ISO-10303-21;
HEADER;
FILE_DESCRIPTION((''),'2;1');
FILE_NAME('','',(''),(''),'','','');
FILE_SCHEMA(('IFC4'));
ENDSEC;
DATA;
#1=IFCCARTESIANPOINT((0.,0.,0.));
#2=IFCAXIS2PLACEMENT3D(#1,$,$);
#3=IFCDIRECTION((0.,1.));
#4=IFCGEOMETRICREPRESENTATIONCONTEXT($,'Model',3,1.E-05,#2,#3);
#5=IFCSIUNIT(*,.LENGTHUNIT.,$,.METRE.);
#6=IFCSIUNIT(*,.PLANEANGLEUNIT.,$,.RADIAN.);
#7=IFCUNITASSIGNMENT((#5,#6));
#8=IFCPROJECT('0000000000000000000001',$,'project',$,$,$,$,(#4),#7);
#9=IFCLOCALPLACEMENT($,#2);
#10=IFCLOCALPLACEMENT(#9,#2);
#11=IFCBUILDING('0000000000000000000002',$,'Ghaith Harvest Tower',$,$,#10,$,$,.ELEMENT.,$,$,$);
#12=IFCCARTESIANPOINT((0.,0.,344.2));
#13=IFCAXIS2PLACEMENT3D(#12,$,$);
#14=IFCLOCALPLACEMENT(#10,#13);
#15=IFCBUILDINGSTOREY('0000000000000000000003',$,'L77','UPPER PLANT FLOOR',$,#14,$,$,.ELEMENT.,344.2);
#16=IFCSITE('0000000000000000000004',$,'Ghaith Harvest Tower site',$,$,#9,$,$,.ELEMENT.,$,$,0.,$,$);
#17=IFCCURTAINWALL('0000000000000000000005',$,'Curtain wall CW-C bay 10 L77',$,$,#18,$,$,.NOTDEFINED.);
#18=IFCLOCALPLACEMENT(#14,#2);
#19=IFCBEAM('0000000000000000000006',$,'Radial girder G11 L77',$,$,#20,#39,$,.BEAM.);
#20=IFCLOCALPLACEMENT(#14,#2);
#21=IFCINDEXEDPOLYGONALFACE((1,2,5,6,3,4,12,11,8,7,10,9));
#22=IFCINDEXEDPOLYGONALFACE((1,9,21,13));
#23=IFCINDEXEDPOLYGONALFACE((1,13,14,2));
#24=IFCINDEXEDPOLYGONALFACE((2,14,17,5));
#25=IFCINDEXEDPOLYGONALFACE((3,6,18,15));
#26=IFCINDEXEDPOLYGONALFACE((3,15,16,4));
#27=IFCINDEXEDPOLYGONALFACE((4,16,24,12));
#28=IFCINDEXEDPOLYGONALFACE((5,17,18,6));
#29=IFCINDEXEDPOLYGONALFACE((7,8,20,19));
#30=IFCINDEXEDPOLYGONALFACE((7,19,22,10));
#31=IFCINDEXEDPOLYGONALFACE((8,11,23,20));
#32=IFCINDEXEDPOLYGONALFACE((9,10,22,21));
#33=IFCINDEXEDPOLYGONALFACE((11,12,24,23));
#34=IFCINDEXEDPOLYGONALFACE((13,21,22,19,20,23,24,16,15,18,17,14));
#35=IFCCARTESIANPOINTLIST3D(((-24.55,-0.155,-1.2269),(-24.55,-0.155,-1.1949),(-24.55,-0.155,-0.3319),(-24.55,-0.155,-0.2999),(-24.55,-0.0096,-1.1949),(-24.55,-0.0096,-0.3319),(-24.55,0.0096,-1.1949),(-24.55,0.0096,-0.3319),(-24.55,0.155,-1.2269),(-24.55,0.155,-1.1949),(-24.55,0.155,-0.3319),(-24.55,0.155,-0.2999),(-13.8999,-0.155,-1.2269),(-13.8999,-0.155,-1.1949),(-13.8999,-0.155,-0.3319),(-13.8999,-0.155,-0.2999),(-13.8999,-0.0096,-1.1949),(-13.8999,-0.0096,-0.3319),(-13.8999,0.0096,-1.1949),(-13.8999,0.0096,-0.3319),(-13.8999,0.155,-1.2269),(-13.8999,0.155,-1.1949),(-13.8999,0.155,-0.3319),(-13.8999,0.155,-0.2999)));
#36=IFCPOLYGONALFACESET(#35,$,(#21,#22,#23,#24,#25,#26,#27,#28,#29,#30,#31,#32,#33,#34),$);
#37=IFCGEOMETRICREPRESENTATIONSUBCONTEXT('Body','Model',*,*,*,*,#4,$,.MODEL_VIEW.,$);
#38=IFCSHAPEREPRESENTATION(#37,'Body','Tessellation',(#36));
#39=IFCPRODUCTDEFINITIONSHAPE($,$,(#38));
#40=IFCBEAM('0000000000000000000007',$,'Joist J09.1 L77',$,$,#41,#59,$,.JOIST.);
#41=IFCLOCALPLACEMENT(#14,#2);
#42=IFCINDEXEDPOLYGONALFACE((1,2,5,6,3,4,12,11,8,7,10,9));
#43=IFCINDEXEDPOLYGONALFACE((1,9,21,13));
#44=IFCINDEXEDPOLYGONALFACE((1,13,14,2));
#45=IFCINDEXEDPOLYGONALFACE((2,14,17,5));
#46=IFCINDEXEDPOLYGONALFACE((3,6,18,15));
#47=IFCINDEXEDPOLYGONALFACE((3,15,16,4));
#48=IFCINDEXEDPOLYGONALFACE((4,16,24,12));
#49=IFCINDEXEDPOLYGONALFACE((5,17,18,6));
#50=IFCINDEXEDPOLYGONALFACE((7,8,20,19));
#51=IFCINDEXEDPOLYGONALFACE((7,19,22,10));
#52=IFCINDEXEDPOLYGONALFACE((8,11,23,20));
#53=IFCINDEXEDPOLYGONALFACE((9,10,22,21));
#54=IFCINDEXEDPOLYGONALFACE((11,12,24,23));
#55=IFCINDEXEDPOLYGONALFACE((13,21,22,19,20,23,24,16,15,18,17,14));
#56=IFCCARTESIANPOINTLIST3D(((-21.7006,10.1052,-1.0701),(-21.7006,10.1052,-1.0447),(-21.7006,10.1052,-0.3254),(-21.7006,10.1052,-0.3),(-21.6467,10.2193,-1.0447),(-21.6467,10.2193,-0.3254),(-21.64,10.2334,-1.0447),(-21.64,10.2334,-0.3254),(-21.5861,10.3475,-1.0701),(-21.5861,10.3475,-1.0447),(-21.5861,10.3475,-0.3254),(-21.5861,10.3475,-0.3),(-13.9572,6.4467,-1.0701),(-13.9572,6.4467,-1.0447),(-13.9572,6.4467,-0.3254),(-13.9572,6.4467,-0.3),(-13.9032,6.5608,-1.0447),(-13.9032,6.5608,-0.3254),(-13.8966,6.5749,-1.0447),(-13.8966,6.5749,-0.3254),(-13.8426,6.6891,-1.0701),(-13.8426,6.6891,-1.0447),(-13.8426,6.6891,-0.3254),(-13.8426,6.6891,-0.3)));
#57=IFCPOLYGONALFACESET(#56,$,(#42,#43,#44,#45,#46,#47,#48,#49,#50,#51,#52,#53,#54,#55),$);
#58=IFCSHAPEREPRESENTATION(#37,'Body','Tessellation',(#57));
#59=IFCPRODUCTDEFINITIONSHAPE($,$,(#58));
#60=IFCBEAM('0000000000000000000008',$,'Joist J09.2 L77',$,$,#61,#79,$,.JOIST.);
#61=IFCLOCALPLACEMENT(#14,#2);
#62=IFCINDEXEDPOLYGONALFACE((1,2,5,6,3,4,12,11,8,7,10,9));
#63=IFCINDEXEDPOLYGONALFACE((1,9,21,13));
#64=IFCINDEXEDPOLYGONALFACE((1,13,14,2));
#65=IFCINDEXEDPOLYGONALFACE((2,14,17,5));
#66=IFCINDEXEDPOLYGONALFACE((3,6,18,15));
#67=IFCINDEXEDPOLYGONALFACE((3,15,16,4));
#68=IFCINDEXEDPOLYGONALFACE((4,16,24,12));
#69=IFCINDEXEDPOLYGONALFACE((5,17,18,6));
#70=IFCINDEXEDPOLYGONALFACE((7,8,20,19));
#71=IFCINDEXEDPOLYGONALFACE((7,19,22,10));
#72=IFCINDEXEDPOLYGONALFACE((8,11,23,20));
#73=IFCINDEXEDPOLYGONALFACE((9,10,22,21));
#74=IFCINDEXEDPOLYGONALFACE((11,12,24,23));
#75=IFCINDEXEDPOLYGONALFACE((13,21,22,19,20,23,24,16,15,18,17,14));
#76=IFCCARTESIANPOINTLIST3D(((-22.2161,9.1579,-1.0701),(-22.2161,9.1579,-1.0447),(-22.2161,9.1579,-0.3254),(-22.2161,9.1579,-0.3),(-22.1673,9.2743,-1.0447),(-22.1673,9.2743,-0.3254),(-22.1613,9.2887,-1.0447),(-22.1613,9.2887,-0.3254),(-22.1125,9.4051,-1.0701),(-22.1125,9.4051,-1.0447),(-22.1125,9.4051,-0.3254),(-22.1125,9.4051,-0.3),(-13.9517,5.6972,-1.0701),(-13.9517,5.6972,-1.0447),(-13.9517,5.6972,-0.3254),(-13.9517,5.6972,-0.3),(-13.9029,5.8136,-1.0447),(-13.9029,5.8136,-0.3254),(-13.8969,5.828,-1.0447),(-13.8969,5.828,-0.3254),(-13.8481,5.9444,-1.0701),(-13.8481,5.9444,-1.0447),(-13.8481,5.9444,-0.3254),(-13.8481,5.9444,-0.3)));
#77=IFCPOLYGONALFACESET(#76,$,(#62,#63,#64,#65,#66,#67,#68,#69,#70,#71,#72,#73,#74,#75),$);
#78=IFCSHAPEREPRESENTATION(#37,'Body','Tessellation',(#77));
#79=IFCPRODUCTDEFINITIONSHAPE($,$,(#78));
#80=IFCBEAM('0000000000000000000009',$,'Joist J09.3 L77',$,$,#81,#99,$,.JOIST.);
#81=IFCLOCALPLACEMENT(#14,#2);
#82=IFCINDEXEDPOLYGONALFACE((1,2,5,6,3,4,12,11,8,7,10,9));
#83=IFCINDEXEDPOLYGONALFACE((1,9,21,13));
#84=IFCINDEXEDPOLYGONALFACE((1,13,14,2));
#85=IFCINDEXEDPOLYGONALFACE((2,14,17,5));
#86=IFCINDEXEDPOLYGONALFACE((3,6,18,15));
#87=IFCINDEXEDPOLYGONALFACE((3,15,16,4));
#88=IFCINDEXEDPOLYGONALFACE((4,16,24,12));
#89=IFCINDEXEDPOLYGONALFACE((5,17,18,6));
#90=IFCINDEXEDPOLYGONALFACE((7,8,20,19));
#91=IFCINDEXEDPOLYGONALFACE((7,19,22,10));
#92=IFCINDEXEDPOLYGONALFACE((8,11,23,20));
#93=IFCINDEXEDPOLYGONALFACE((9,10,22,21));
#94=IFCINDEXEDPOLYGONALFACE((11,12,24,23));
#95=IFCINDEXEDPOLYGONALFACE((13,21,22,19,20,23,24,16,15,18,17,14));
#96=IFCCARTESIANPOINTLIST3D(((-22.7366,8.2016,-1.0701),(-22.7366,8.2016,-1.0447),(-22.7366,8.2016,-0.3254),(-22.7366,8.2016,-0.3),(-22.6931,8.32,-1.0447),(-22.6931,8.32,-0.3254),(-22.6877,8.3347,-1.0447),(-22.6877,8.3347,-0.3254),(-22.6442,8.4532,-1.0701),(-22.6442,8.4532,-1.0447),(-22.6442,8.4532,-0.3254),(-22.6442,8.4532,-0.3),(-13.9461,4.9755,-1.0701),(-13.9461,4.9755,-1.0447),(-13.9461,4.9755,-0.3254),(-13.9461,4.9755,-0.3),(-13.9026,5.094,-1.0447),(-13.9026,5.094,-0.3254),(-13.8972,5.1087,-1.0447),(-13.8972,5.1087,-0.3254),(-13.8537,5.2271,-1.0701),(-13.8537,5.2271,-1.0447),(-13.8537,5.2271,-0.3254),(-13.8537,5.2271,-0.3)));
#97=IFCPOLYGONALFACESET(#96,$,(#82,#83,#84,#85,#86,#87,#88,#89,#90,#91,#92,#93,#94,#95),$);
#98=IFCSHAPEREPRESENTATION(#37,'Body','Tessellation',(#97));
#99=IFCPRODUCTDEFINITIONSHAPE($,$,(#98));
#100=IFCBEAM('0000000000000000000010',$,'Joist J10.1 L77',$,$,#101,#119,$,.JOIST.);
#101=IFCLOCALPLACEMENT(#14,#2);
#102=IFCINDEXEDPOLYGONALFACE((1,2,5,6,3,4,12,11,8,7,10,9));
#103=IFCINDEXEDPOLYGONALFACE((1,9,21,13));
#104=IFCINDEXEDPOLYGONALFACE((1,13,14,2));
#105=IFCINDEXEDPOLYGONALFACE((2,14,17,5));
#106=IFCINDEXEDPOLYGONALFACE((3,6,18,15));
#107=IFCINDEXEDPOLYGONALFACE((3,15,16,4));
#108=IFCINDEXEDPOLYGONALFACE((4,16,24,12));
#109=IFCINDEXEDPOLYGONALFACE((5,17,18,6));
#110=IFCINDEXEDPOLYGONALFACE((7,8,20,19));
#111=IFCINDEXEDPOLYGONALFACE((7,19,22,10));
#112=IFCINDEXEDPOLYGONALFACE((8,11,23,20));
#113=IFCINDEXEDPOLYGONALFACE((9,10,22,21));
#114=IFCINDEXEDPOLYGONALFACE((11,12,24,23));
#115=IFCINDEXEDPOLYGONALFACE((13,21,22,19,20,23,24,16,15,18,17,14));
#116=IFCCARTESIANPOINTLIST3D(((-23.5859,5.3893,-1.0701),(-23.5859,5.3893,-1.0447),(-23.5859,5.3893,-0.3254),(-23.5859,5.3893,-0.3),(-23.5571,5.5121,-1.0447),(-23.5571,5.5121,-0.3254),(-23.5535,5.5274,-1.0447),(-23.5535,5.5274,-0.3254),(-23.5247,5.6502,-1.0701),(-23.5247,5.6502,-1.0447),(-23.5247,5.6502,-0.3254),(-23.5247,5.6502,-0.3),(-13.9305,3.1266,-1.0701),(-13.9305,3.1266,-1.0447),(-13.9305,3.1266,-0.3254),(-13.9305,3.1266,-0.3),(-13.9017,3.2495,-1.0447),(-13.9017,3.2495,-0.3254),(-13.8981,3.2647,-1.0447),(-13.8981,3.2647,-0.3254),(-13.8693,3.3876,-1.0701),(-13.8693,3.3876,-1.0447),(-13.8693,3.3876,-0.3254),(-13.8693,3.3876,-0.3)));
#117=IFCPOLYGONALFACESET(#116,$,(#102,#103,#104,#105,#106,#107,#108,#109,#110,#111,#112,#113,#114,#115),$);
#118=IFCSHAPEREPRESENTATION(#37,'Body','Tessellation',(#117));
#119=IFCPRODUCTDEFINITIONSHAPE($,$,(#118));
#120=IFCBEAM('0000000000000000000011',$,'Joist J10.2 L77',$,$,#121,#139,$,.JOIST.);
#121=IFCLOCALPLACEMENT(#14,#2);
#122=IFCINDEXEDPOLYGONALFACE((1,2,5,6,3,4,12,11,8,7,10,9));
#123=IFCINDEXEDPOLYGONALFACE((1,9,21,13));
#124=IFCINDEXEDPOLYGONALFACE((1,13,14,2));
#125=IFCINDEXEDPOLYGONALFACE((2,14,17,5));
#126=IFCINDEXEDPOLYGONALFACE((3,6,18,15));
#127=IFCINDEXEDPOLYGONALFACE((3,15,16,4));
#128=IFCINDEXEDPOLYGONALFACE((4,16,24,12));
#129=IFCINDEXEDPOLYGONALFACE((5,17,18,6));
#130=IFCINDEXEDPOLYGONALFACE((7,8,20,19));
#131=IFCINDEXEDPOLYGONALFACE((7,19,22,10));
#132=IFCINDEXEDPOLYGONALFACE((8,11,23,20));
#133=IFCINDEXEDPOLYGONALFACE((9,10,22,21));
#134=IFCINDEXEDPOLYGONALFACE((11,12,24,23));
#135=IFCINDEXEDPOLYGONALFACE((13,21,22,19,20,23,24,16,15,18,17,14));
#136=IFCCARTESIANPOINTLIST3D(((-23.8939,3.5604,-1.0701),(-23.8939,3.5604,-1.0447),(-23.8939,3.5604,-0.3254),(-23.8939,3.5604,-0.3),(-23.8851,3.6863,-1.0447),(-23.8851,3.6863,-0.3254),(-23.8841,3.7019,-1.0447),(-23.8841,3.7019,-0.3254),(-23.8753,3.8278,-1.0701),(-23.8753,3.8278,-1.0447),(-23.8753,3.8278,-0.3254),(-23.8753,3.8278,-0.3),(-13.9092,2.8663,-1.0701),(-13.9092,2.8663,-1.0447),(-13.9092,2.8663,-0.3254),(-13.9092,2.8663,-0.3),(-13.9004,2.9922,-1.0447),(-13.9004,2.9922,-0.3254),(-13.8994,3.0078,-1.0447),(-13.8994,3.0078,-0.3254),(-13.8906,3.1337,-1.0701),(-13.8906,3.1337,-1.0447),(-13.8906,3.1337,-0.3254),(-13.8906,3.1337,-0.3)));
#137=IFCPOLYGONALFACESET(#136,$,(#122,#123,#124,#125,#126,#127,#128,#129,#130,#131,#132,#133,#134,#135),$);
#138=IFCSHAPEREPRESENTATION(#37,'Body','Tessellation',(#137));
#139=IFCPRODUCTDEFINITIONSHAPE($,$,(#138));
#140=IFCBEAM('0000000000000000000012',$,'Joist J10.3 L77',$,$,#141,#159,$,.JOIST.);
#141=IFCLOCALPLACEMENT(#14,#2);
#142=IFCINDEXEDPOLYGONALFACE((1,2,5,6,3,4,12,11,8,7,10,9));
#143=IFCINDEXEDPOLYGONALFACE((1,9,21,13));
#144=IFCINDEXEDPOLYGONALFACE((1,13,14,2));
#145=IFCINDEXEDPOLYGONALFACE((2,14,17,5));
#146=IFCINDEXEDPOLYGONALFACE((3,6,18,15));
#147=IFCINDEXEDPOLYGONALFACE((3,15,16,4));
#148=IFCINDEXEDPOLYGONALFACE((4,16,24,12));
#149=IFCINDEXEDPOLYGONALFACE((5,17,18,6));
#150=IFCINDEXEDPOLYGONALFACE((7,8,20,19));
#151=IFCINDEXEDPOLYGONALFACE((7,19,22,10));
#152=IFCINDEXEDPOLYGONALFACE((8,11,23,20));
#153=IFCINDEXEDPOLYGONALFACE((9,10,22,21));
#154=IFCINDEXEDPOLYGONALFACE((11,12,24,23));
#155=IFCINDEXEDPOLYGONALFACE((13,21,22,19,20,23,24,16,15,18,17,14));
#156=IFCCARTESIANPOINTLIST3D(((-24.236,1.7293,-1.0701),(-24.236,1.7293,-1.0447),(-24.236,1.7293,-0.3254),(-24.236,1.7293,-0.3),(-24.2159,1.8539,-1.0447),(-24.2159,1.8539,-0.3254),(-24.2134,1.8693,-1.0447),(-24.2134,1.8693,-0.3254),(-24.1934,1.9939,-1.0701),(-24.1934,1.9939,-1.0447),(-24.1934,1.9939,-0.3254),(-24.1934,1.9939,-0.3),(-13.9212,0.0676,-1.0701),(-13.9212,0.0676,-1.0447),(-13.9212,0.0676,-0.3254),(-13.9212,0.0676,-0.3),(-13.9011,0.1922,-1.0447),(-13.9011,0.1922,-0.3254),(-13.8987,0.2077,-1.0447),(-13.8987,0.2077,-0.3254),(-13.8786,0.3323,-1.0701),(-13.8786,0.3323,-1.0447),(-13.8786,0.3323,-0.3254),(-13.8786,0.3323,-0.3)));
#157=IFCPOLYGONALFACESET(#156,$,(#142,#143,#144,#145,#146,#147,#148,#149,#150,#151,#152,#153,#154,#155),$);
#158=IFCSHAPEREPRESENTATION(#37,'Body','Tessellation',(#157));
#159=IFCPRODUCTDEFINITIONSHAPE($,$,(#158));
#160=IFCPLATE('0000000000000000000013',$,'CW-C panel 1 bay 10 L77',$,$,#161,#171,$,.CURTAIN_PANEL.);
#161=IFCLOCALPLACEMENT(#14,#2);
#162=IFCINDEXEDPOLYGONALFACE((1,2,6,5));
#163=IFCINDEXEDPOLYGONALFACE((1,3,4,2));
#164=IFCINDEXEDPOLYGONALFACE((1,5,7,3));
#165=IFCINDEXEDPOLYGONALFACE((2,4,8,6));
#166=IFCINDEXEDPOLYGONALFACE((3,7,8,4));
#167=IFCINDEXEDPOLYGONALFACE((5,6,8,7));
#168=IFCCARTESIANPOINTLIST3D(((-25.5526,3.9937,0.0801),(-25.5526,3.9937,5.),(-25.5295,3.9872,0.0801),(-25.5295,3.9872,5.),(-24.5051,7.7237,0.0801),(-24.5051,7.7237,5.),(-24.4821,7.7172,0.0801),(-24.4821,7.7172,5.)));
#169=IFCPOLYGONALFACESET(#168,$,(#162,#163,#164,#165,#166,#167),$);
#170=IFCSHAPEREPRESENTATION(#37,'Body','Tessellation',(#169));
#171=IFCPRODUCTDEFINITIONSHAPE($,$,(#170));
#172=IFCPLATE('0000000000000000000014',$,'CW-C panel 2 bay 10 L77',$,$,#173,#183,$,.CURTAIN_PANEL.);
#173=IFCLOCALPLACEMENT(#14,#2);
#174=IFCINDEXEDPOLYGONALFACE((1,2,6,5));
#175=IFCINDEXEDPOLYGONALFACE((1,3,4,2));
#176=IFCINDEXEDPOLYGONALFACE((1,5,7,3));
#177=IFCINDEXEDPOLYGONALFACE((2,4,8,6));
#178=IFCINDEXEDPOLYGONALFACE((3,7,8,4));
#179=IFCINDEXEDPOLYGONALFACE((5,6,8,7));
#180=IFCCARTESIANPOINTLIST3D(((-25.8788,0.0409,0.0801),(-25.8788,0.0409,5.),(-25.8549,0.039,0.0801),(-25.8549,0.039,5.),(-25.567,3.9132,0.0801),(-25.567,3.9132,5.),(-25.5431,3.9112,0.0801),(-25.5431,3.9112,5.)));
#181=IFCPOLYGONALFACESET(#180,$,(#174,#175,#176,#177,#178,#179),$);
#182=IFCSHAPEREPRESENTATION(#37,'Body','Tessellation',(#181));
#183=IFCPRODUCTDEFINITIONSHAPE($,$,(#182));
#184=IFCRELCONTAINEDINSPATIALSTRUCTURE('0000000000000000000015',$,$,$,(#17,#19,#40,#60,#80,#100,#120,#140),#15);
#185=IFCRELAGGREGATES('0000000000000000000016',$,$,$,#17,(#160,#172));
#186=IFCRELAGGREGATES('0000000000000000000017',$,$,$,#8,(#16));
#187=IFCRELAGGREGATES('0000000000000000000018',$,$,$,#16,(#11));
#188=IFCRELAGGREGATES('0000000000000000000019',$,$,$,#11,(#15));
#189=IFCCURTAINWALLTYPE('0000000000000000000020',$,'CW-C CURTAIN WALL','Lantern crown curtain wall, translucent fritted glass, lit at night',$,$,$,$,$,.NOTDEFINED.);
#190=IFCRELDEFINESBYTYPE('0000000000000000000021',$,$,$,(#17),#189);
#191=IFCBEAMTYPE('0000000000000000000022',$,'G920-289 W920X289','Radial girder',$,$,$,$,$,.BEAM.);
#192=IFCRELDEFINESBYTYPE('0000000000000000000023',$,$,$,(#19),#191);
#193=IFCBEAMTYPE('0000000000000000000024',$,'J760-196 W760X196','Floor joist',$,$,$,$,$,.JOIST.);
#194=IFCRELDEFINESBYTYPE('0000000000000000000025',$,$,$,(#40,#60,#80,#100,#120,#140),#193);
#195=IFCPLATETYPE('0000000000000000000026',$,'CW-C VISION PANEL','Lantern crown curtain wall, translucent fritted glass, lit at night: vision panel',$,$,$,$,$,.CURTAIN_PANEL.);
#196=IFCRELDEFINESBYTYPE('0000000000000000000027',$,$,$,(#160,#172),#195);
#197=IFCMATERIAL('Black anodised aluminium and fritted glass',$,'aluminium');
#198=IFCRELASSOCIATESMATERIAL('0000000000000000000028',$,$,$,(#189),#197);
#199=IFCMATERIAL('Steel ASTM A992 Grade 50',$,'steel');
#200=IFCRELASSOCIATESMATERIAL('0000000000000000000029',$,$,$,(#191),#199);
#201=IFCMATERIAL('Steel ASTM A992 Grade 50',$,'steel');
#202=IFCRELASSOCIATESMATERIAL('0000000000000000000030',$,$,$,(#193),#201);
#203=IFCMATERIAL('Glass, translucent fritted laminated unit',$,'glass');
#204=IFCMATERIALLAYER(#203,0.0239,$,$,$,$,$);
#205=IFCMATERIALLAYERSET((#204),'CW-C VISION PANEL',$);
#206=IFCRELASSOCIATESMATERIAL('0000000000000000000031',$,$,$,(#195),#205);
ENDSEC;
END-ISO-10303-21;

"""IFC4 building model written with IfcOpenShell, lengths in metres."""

from ifc_helpers import new_model, si_unit, direction, frame, origin, origin_2d, place, context, subcontext, project, spatial, rectangle, i_section, extrude, material, layer, layer_set, material_profile, profile_set, type_object, element, aggregate, save


model = new_model("IFC4")

# Units and contexts
model_context = context("Model", 3, precision=1e-05, world=origin(), true_north=direction((0.0, 1.0)))
body_context = subcontext(model_context, "Body", "Model", "MODEL_VIEW")
ifc_project = project(units=[si_unit("LENGTHUNIT", "METRE"), si_unit("PLANEANGLEUNIT", "RADIAN")], contexts=[model_context])

# Site, building, storey
site_placement = place(None, origin())
site = spatial("IfcSite", under=ifc_project, at=site_placement, Name="Ghaith Harvest Tower site", CompositionType="ELEMENT", RefElevation=0.0)
building_placement = place(site_placement, origin())
building = spatial("IfcBuilding", under=site, at=building_placement, Name="Ghaith Harvest Tower", CompositionType="ELEMENT")
storey_placement = place(building_placement, frame((0.0, 0.0, 344.2)))
storey = spatial("IfcBuildingStorey", under=building, at=storey_placement, Name="L77", Description="UPPER PLANT FLOOR", CompositionType="ELEMENT", Elevation=344.2)

# Curtain wall
ifc_material_1 = material(Name="Black anodised aluminium and fritted glass", Category="aluminium")
curtain_wall_type = type_object("IfcCurtainWallType", Name="CW-C CURTAIN WALL", Description="Lantern crown curtain wall, translucent fritted glass, lit at night", PredefinedType="NOTDEFINED", material=ifc_material_1)
curtain_wall_1_placement = place(storey_placement, origin())
curtain_wall_1 = element("IfcCurtainWall", 1, at=curtain_wall_1_placement, inside=storey, type_object=curtain_wall_type, Name="Curtain wall CW-C bay 10 L77", PredefinedType="NOTDEFINED")

# Beams
ifc_material_2 = material(Name="Steel ASTM A992 Grade 50", Category="steel")
ifc_material_profile_1 = material_profile(ifc_material_2, i_section(OverallWidth=0.3101, OverallDepth=0.927, WebThickness=0.0193, FlangeThickness=0.032, at=origin_2d()), Name="W920X289")
ifc_profile_set_1 = profile_set([ifc_material_profile_1], Name="Steel ASTM A992 Grade 50")
beam_type_1 = type_object("IfcBeamType", Name="G920-289 W920X289", Description="Radial girder", PredefinedType="BEAM", material=ifc_profile_set_1)
beam_1_placement = place(storey_placement, frame((-13.8999, 0.0, -0.7634), z_axis=(-1.0, 0.0, 0.0), x_axis=(0.0, -1.0, 0.0)))
element("IfcBeam", 2, at=beam_1_placement, inside=storey, type_object=beam_type_1, Name="Radial girder G11 L77", PredefinedType="BEAM", context=body_context, shape_type="SweptSolid", body=[
    extrude(i_section(OverallWidth=0.3101, OverallDepth=0.927, WebThickness=0.0193, FlangeThickness=0.032, at=origin_2d()), origin(), (0.0, 0.0, 1.0), 10.6501),
])
ifc_material_3 = material(Name="Steel ASTM A992 Grade 50", Category="steel")
ifc_material_profile_2 = material_profile(ifc_material_3, i_section(OverallWidth=0.2681, OverallDepth=0.77, WebThickness=0.0156, FlangeThickness=0.0254, at=origin_2d()), Name="W760X196")
ifc_profile_set_2 = profile_set([ifc_material_profile_2], Name="Steel ASTM A992 Grade 50")
beam_type_2 = type_object("IfcBeamType", Name="J760-196 W760X196", Description="Floor joist", PredefinedType="JOIST", material=ifc_profile_set_2)
beam_2_placement = place(storey_placement, frame((-13.8999, 6.5679, -0.6851), z_axis=(-0.904166, 0.427182, 0.0), x_axis=(-0.427182, -0.904166, 0.0)))
element("IfcBeam", 3, at=beam_2_placement, inside=storey, type_object=beam_type_2, Name="Joist J09.1 L77", PredefinedType="JOIST", context=body_context, shape_type="SweptSolid", body=[
    extrude(i_section(OverallWidth=0.2681, OverallDepth=0.77, WebThickness=0.0156, FlangeThickness=0.0254, at=origin_2d()), origin(), (0.0, 0.0, 1.0), 8.5642),
])
beam_3_placement = place(storey_placement, frame((-13.8999, 5.8208, -0.6851), z_axis=(-0.922394, 0.38625, 0.0), x_axis=(-0.38625, -0.922394, 0.0)))
element("IfcBeam", 4, at=beam_3_placement, inside=storey, type_object=beam_type_2, Name="Joist J09.2 L77", PredefinedType="JOIST", context=body_context, shape_type="SweptSolid", body=[
    extrude(i_section(OverallWidth=0.2681, OverallDepth=0.77, WebThickness=0.0156, FlangeThickness=0.0254, at=origin_2d()), origin(), (0.0, 0.0, 1.0), 8.9597),
])
beam_4_placement = place(storey_placement, frame((-13.8999, 5.1013, -0.6851), z_axis=(-0.938777, 0.344526, 0.0), x_axis=(-0.344526, -0.938777, 0.0)))
element("IfcBeam", 5, at=beam_4_placement, inside=storey, type_object=beam_type_2, Name="Joist J09.3 L77", PredefinedType="JOIST", context=body_context, shape_type="SweptSolid", body=[
    extrude(i_section(OverallWidth=0.2681, OverallDepth=0.77, WebThickness=0.0156, FlangeThickness=0.0254, at=origin_2d()), origin(), (0.0, 0.0, 1.0), 9.3638),
])
beam_5_placement = place(storey_placement, frame((-13.8999, 3.2571, -0.6851), z_axis=(-0.973623, 0.228161, 0.0), x_axis=(-0.228161, -0.973623, 0.0)))
element("IfcBeam", 6, at=beam_5_placement, inside=storey, type_object=beam_type_2, Name="Joist J10.1 L77", PredefinedType="JOIST", context=body_context, shape_type="SweptSolid", body=[
    extrude(i_section(OverallWidth=0.2681, OverallDepth=0.77, WebThickness=0.0156, FlangeThickness=0.0254, at=origin_2d()), origin(), (0.0, 0.0, 1.0), 9.917),
])
beam_6_placement = place(storey_placement, frame((-13.8999, 3.0, -0.6851), z_axis=(-0.997592, 0.069349, 0.0), x_axis=(-0.069349, -0.997592, 0.0)))
element("IfcBeam", 7, at=beam_6_placement, inside=storey, type_object=beam_type_2, Name="Joist J10.2 L77", PredefinedType="JOIST", context=body_context, shape_type="SweptSolid", body=[
    extrude(i_section(OverallWidth=0.2681, OverallDepth=0.77, WebThickness=0.0156, FlangeThickness=0.0254, at=origin_2d()), origin(), (0.0, 0.0, 1.0), 10.0088),
])
beam_7_placement = place(storey_placement, frame((-13.8999, 0.2, -0.6851), z_axis=(-0.987272, 0.159042, 0.0), x_axis=(-0.159042, -0.987272, 0.0)))
element("IfcBeam", 8, at=beam_7_placement, inside=storey, type_object=beam_type_2, Name="Joist J10.3 L77", PredefinedType="JOIST", context=body_context, shape_type="SweptSolid", body=[
    extrude(i_section(OverallWidth=0.2681, OverallDepth=0.77, WebThickness=0.0156, FlangeThickness=0.0254, at=origin_2d()), origin(), (0.0, 0.0, 1.0), 10.4478),
])

# Plates
ifc_material_4 = material(Name="Glass, translucent fritted laminated unit", Category="glass")
ifc_layer = layer(ifc_material_4, 0.0239)
ifc_layer_set = layer_set([ifc_layer], Name="CW-C VISION PANEL")
plate_type = type_object("IfcPlateType", Name="CW-C VISION PANEL", Description="Lantern crown curtain wall, translucent fritted glass, lit at night: vision panel", PredefinedType="CURTAIN_PANEL", material=ifc_layer_set)
plate_1_placement = place(storey_placement, frame((-25.0173, 5.8555, 0.0801), z_axis=(0.0, 0.0, 1.0), x_axis=(-0.270355, -0.962761, 0.0)))
plate_1 = element("IfcPlate", 9, at=plate_1_placement, type_object=plate_type, Name="CW-C panel 1 bay 10 L77", PredefinedType="CURTAIN_PANEL", context=body_context, shape_type="SweptSolid", body=[
    extrude(rectangle(XDim=3.8743, YDim=0.0239, at=origin_2d()), origin(), (0.0, 0.0, 1.0), 4.9199),
])
plate_2_placement = place(storey_placement, frame((-25.7109, 1.9761, 0.0801), z_axis=(0.0, 0.0, 1.0), x_axis=(-0.080258, -0.996774, 0.0)))
plate_2 = element("IfcPlate", 10, at=plate_2_placement, type_object=plate_type, Name="CW-C panel 2 bay 10 L77", PredefinedType="CURTAIN_PANEL", context=body_context, shape_type="SweptSolid", body=[
    extrude(rectangle(XDim=3.8848, YDim=0.0239, at=origin_2d()), origin(), (0.0, 0.0, 1.0), 4.9199),
])
aggregate(curtain_wall_1, [plate_1, plate_2])

save(model, "model.ifc")
